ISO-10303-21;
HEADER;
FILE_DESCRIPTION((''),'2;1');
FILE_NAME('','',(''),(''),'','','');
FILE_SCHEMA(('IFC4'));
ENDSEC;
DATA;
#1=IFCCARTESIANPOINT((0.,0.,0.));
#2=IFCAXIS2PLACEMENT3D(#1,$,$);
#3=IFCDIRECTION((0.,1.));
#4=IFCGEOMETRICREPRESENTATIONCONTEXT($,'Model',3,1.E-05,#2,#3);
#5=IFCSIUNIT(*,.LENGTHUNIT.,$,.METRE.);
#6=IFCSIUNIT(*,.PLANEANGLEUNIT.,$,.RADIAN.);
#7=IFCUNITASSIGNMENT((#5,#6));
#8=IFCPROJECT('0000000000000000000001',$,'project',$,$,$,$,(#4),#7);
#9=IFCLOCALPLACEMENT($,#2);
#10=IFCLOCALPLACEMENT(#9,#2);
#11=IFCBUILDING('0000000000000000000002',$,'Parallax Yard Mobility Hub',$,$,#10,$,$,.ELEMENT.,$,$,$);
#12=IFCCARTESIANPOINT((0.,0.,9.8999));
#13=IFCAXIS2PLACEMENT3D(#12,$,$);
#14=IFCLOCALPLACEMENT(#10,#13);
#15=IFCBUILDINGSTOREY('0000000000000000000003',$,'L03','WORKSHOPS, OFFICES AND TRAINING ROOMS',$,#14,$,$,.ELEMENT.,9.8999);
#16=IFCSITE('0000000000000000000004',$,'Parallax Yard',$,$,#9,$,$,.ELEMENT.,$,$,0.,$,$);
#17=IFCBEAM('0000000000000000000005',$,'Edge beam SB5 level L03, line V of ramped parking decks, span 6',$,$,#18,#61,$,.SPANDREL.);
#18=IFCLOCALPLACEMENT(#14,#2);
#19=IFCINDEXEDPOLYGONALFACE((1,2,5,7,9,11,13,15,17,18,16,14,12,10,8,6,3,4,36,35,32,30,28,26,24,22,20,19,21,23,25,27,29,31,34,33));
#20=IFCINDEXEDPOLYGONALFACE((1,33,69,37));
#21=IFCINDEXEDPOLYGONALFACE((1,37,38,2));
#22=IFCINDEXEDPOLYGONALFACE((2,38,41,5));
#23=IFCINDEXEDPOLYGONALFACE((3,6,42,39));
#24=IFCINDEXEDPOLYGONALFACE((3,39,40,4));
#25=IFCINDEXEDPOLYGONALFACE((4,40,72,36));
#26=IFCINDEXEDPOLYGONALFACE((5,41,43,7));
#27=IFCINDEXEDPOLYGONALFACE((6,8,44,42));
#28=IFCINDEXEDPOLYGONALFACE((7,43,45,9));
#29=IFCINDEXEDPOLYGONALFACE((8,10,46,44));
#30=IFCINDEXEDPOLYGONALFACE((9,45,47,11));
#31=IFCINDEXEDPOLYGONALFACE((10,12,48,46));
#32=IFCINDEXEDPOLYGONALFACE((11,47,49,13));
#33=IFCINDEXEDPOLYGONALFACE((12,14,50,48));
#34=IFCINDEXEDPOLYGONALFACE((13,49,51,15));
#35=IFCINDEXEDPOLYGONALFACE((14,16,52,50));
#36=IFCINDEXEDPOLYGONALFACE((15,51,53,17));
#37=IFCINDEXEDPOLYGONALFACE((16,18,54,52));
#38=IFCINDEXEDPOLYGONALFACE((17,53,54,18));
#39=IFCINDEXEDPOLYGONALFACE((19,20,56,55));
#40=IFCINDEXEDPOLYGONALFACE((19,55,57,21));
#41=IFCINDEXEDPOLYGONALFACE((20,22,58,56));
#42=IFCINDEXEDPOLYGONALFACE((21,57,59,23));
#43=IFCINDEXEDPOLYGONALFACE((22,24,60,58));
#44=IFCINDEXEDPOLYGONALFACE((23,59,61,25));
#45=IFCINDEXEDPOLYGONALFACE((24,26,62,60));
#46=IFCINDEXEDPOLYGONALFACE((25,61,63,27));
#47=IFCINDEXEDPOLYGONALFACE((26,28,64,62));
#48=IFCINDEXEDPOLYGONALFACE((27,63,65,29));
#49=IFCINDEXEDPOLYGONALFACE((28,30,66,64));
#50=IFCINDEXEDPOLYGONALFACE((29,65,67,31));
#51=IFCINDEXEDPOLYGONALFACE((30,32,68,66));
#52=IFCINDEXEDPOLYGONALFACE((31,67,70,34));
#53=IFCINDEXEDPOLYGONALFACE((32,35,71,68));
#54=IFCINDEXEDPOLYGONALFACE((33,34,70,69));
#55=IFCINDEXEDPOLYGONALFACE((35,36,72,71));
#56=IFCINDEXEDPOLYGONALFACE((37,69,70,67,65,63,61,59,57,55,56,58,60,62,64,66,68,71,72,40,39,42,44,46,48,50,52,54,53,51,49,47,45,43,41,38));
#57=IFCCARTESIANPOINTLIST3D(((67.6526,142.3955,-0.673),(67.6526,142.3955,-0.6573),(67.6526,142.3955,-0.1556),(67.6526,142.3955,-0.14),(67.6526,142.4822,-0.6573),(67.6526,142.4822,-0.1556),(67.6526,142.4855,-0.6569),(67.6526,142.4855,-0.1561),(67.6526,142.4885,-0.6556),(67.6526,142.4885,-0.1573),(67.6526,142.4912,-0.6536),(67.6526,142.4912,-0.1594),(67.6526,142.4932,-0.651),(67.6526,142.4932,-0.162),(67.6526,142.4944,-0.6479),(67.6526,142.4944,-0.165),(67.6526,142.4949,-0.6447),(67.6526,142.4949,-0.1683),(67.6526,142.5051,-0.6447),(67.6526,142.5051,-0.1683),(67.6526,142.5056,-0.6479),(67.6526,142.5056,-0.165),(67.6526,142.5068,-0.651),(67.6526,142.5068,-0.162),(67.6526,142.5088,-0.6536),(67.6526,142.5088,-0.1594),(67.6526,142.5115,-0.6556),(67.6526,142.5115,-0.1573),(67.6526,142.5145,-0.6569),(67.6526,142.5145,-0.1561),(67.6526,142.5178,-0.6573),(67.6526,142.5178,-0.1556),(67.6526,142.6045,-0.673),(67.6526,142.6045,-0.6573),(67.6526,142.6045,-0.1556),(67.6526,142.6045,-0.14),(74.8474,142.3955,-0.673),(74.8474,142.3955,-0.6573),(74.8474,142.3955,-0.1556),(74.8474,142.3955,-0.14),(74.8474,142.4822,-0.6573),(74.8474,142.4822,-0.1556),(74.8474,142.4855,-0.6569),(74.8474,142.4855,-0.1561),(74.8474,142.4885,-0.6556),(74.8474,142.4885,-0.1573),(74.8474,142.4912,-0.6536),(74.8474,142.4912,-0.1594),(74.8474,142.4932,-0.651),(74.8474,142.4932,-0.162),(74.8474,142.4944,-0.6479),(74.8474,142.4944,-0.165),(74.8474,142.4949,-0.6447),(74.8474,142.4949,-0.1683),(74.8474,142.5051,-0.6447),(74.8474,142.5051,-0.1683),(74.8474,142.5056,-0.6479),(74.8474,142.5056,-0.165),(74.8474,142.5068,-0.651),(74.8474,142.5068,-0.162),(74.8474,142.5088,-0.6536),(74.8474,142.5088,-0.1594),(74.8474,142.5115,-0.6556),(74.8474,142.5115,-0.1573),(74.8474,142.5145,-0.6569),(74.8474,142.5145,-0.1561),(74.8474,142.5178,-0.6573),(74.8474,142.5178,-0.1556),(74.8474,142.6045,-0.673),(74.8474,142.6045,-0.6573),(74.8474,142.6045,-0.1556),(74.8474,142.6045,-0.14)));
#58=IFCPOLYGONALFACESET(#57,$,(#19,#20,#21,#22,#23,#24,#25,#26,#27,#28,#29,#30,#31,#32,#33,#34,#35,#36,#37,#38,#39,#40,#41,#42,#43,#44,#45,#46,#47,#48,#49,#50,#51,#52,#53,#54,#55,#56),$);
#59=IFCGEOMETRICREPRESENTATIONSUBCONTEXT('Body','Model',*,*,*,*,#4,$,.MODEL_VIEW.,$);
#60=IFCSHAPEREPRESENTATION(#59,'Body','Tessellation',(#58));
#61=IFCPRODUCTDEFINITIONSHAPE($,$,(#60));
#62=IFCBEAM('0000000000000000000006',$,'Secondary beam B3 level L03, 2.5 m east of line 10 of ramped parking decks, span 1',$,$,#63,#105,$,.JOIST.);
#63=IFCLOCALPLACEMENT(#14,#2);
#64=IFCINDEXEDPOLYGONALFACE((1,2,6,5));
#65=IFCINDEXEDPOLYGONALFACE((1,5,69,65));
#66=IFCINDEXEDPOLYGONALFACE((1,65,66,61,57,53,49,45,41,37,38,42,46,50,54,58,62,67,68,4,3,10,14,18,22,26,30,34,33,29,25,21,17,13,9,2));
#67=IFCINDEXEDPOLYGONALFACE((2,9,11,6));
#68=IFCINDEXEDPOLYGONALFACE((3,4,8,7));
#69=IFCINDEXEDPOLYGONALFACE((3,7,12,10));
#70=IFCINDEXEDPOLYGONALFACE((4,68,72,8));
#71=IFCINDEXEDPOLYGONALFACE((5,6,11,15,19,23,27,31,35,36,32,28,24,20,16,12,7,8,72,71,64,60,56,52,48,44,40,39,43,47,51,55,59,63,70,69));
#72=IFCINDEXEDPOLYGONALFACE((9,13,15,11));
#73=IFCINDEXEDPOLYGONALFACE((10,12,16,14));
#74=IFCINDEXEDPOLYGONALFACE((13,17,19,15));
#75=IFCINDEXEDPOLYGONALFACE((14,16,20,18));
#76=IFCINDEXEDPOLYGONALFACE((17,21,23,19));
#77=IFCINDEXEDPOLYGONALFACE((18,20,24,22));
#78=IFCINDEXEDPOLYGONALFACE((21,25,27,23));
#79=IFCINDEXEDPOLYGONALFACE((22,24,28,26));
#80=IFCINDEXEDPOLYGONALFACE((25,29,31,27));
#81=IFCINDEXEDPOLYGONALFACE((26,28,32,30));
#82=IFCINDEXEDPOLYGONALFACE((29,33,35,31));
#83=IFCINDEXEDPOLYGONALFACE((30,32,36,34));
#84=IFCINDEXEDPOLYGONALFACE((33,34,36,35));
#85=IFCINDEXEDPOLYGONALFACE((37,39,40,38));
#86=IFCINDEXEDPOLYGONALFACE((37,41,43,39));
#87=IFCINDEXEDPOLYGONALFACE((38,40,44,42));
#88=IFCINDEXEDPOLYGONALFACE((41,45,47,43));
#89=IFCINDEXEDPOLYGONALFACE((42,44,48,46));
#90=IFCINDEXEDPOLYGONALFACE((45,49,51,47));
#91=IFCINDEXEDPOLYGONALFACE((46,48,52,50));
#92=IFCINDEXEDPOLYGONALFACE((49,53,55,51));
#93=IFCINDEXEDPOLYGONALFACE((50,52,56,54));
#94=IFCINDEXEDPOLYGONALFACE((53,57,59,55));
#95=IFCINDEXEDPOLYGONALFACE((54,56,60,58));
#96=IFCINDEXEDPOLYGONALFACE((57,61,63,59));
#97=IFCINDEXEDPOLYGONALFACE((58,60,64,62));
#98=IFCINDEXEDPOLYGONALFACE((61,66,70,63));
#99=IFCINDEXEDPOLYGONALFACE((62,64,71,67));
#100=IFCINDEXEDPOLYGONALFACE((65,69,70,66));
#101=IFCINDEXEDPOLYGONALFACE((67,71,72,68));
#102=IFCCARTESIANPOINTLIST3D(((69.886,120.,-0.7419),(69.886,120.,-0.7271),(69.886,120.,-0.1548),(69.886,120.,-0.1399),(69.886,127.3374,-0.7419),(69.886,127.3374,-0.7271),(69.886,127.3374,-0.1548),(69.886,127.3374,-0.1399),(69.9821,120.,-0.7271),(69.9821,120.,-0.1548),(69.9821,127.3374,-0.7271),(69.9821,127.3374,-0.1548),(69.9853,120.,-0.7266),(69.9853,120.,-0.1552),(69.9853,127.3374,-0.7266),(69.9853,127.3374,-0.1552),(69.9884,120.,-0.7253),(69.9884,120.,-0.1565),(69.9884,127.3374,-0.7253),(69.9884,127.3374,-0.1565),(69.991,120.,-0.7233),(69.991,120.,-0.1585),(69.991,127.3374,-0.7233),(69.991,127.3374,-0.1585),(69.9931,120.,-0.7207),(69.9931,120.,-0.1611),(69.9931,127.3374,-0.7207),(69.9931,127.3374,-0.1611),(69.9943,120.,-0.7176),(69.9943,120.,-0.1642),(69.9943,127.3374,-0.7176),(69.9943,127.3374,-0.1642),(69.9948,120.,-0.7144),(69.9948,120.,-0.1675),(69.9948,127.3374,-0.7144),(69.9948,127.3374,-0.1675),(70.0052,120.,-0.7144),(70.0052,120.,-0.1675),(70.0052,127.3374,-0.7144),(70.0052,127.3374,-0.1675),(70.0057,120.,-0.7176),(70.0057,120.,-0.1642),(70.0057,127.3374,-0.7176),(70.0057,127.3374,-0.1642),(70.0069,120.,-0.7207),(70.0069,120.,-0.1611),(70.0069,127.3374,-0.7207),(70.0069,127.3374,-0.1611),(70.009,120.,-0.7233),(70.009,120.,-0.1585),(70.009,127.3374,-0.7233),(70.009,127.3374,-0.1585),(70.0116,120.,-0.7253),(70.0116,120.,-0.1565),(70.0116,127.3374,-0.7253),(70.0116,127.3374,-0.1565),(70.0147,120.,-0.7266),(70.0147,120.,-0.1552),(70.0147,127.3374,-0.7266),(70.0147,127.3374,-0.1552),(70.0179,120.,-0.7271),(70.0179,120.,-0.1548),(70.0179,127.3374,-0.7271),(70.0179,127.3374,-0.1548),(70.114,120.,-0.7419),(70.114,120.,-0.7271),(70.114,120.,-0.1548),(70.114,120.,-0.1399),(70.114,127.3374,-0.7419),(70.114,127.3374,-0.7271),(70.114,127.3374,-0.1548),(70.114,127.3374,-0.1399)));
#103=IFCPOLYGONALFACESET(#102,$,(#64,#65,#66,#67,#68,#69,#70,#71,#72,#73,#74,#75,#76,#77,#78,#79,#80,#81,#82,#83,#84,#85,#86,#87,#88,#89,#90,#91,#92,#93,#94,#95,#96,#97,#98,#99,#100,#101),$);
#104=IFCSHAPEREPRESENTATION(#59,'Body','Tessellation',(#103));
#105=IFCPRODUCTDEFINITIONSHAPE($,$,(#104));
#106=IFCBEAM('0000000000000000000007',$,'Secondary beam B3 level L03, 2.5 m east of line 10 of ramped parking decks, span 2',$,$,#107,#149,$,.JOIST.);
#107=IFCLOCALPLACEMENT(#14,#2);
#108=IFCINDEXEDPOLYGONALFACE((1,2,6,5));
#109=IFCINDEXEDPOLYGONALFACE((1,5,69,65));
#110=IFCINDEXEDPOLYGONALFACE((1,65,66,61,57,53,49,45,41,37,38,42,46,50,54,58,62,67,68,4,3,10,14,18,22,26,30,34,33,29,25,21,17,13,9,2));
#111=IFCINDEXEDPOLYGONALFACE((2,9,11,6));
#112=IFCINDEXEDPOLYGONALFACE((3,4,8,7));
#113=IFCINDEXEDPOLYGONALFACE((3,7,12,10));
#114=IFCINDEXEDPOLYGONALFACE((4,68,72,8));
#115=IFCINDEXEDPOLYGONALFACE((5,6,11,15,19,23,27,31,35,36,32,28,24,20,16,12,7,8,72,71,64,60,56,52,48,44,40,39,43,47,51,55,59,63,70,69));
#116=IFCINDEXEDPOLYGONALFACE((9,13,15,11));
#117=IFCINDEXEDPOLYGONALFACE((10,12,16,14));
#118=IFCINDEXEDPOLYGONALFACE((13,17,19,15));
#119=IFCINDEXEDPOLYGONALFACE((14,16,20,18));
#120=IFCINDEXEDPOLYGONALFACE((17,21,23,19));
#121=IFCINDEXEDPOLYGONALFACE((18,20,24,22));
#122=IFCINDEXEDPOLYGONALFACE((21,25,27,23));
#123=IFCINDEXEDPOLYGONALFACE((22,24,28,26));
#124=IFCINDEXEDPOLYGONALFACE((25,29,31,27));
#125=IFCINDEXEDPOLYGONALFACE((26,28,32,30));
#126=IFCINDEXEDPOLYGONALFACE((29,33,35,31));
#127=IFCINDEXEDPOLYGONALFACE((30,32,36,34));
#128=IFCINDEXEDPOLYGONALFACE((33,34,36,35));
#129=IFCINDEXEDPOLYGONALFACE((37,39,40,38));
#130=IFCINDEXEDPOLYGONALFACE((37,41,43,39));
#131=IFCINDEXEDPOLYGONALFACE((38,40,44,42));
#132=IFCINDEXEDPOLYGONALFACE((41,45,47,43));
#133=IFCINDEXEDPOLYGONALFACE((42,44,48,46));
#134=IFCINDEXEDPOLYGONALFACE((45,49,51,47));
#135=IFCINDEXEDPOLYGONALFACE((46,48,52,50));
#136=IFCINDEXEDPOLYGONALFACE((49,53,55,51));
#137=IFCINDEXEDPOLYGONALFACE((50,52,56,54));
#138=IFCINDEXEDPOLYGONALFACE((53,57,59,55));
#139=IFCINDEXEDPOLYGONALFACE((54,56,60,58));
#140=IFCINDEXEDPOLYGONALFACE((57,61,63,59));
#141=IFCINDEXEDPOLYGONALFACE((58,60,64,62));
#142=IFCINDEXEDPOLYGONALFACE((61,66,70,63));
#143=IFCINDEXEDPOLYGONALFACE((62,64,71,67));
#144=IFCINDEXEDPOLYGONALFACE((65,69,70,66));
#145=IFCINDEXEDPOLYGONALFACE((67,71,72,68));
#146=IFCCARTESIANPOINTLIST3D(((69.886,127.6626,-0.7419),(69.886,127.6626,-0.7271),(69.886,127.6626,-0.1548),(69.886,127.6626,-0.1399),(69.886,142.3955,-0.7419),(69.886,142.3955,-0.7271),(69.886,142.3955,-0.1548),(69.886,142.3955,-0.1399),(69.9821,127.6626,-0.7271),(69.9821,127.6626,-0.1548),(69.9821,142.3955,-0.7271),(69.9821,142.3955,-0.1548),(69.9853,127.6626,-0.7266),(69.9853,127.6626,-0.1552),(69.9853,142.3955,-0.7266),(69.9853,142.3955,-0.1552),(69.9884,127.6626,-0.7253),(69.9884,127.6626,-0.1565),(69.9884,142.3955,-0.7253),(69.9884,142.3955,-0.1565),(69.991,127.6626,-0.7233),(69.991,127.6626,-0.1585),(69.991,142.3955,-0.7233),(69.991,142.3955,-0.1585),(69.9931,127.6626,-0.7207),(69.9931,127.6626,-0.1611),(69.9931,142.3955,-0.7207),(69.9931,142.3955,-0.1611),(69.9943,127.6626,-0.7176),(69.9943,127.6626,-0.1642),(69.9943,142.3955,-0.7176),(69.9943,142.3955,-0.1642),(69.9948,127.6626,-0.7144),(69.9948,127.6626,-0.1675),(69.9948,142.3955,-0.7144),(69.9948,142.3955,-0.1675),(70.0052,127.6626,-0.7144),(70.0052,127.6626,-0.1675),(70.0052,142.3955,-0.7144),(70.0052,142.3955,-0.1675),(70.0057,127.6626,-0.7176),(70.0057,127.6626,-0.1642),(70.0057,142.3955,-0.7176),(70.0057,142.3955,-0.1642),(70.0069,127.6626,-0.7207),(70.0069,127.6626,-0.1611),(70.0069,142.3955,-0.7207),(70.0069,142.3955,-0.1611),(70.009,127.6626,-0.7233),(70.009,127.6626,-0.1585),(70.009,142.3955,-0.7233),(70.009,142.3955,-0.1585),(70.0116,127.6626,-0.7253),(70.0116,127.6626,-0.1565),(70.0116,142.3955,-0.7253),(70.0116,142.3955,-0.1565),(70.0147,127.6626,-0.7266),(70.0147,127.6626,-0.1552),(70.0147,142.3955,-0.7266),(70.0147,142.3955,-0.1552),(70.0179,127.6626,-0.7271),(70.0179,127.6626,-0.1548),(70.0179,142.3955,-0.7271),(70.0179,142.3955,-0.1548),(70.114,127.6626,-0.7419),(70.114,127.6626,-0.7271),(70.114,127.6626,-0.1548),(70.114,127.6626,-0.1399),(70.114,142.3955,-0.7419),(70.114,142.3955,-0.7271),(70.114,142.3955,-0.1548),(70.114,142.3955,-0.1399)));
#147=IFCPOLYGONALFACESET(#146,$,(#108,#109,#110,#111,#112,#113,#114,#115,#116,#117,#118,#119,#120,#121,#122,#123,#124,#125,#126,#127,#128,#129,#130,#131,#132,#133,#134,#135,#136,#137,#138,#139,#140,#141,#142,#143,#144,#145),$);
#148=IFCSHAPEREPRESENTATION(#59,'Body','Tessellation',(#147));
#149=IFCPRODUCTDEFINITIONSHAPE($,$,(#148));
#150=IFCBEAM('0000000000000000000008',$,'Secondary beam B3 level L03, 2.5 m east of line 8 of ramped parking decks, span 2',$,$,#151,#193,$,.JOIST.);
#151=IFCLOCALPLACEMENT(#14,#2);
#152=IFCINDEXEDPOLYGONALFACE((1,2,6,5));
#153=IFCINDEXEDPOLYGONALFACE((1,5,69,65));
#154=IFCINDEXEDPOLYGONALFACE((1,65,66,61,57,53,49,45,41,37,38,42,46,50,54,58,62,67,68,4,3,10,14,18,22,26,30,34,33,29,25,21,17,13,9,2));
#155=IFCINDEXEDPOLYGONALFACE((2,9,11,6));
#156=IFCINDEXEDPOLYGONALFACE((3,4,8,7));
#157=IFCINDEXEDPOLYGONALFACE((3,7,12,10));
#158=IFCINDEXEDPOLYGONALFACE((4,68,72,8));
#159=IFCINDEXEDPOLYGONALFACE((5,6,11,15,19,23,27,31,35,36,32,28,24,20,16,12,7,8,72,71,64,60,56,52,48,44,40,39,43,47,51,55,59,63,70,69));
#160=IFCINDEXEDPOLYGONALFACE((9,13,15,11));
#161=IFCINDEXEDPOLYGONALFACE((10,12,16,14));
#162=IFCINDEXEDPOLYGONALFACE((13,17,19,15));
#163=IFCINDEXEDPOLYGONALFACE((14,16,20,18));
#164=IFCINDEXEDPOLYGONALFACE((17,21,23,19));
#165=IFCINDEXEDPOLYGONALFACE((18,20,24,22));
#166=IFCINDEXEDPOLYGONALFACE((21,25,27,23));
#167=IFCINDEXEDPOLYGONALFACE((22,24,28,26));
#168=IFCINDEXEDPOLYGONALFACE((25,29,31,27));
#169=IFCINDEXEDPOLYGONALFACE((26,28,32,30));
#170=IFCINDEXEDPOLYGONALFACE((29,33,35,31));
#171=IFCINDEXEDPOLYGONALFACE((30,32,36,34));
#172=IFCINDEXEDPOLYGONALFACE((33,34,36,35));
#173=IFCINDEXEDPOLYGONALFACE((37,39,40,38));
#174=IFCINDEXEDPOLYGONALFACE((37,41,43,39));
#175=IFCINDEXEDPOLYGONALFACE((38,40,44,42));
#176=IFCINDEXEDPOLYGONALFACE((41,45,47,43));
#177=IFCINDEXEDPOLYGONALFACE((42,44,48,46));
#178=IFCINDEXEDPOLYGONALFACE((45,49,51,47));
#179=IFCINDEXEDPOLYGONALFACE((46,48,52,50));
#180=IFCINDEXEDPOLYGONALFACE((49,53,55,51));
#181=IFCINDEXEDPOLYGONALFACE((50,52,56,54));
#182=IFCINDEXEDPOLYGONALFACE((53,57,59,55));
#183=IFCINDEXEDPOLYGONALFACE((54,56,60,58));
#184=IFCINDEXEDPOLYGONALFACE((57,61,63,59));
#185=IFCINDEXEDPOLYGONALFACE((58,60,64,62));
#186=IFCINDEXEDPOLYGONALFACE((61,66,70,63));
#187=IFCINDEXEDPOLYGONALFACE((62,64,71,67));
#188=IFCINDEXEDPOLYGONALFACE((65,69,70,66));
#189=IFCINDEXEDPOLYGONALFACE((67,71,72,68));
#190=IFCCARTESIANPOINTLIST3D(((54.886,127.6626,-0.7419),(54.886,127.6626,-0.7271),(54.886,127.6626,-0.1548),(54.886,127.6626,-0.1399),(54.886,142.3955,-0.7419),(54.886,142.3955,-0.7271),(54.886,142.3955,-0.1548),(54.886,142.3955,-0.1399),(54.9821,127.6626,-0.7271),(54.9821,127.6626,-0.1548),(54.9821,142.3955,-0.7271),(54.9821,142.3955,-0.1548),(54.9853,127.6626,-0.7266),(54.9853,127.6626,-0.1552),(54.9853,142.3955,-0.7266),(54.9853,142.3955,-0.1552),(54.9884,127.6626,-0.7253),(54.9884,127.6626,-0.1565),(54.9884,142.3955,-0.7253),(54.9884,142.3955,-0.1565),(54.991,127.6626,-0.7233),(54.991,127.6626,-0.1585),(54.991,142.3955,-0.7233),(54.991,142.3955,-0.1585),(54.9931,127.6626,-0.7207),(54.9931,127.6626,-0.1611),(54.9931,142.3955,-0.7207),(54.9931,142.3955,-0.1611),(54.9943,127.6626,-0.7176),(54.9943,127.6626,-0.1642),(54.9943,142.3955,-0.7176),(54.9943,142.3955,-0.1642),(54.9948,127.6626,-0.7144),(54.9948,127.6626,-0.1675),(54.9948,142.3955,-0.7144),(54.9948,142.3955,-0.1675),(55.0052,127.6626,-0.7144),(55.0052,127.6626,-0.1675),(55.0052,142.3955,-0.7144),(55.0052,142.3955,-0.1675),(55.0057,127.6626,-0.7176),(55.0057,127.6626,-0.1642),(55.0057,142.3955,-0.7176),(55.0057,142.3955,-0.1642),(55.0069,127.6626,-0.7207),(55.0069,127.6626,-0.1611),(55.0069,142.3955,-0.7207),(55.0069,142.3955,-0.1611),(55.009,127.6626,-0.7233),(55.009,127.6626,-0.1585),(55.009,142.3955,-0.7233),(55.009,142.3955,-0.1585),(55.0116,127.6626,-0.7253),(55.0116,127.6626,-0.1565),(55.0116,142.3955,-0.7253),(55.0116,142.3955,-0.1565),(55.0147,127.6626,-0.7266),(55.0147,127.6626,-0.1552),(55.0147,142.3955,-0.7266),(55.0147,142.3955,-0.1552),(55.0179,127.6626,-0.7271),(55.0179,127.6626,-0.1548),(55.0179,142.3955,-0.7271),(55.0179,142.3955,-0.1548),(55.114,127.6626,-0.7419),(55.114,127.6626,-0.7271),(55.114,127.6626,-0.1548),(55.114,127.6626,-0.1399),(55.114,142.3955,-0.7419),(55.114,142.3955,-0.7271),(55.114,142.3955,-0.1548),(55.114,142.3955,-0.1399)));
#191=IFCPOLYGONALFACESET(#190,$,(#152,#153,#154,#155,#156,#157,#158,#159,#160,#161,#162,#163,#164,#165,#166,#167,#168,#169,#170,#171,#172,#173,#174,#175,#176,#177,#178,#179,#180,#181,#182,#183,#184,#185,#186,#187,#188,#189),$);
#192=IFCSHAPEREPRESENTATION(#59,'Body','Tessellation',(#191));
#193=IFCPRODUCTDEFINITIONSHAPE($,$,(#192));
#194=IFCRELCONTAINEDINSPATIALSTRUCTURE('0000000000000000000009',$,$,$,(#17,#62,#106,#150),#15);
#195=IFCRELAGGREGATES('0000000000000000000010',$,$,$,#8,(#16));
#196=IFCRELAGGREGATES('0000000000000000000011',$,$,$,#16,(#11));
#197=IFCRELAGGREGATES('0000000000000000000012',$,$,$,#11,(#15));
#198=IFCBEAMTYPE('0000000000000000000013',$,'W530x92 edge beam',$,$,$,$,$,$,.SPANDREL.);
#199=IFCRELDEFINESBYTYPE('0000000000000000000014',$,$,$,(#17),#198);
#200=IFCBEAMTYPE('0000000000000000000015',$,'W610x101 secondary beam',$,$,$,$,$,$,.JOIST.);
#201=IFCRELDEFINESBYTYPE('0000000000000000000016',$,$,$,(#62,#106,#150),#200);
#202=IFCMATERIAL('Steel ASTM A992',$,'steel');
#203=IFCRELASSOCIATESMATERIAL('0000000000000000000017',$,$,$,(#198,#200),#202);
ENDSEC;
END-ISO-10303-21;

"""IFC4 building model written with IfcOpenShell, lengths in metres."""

from ifc_helpers import new_model, si_unit, direction, frame, origin, origin_2d, place, context, subcontext, project, spatial, i_section, extrude, material, material_profile, profile_set, type_object, element, save


model = new_model("IFC4")

# Units and contexts
model_context = context("Model", 3, precision=1e-05, world=origin(), true_north=direction((0.0, 1.0)))
body_context = subcontext(model_context, "Body", "Model", "MODEL_VIEW")
ifc_project = project(units=[si_unit("LENGTHUNIT", "METRE"), si_unit("PLANEANGLEUNIT", "RADIAN")], contexts=[model_context])

# Site, building, storey
site_placement = place(None, origin())
site = spatial("IfcSite", under=ifc_project, at=site_placement, Name="Parallax Yard", CompositionType="ELEMENT", RefElevation=0.0)
building_placement = place(site_placement, origin())
building = spatial("IfcBuilding", under=site, at=building_placement, Name="Parallax Yard Mobility Hub", CompositionType="ELEMENT")
storey_placement = place(building_placement, frame((0.0, 0.0, 9.8999)))
storey = spatial("IfcBuildingStorey", under=building, at=storey_placement, Name="L03", Description="WORKSHOPS, OFFICES AND TRAINING ROOMS", CompositionType="ELEMENT", Elevation=9.8999)

# Shared definitions
ifc_material_1 = material(Name="Steel ASTM A992", Category="steel")

# Beams
ifc_material_profile_1 = material_profile(ifc_material_1, i_section(OverallWidth=0.209, OverallDepth=0.533, WebThickness=0.0103, FlangeThickness=0.0156, FilletRadius=0.0127, at=origin_2d()), Name="W530x92")
ifc_profile_set_1 = profile_set([ifc_material_profile_1], Name="Steel ASTM A992")
beam_type_1 = type_object("IfcBeamType", Name="W530x92 edge beam", PredefinedType="SPANDREL", material=ifc_profile_set_1)
for number, where, z_axis, x_axis, name in (
    (1, (67.6526, 142.5, -0.4065), (1.0, 0.0, 0.0), (0.0, 1.0, 0.0), "Edge beam SB5 level L03, line V of ramped parking decks, span 6"),
):
    element("IfcBeam", number, at=place(storey_placement, frame(where, z_axis=z_axis, x_axis=x_axis)), inside=storey, type_object=beam_type_1, Name=name, PredefinedType="SPANDREL", context=body_context, shape_type="SweptSolid", body=[
        extrude(i_section(OverallWidth=0.209, OverallDepth=0.533, WebThickness=0.0103, FlangeThickness=0.0156, FilletRadius=0.0127, at=origin_2d()), origin(), (0.0, 0.0, 1.0), 7.1948),
    ])
ifc_material_profile_2 = material_profile(ifc_material_1, i_section(OverallWidth=0.228, OverallDepth=0.6021, WebThickness=0.0105, FlangeThickness=0.0149, FilletRadius=0.0127, at=origin_2d()), Name="W610x101")
ifc_profile_set_2 = profile_set([ifc_material_profile_2], Name="Steel ASTM A992")
beam_type_2 = type_object("IfcBeamType", Name="W610x101 secondary beam", PredefinedType="JOIST", material=ifc_profile_set_2)
beam_1_placement = place(storey_placement, frame((70.0, 120.0, -0.4409), z_axis=(0.0, 1.0, 0.0), x_axis=(-1.0, 0.0, 0.0)))
element("IfcBeam", 2, at=beam_1_placement, inside=storey, type_object=beam_type_2, Name="Secondary beam B3 level L03, 2.5 m east of line 10 of ramped parking decks, span 1", PredefinedType="JOIST", context=body_context, shape_type="SweptSolid", body=[
    extrude(i_section(OverallWidth=0.228, OverallDepth=0.6021, WebThickness=0.0105, FlangeThickness=0.0149, FilletRadius=0.0127, at=origin_2d()), origin(), (0.0, 0.0, 1.0), 7.3374),
])
for number, where, z_axis, x_axis, name in (
    (3, (70.0, 127.6626, -0.4409), (0.0, 1.0, 0.0), (-1.0, 0.0, 0.0), "Secondary beam B3 level L03, 2.5 m east of line 10 of ramped parking decks, span 2"),
    (4, (55.0, 127.6626, -0.4409), (0.0, 1.0, 0.0), (-1.0, 0.0, 0.0), "Secondary beam B3 level L03, 2.5 m east of line 8 of ramped parking decks, span 2"),
):
    element("IfcBeam", number, at=place(storey_placement, frame(where, z_axis=z_axis, x_axis=x_axis)), inside=storey, type_object=beam_type_2, Name=name, PredefinedType="JOIST", context=body_context, shape_type="SweptSolid", body=[
        extrude(i_section(OverallWidth=0.228, OverallDepth=0.6021, WebThickness=0.0105, FlangeThickness=0.0149, FilletRadius=0.0127, at=origin_2d()), origin(), (0.0, 0.0, 1.0), 14.7329),
    ])

save(model, "model.ifc")
